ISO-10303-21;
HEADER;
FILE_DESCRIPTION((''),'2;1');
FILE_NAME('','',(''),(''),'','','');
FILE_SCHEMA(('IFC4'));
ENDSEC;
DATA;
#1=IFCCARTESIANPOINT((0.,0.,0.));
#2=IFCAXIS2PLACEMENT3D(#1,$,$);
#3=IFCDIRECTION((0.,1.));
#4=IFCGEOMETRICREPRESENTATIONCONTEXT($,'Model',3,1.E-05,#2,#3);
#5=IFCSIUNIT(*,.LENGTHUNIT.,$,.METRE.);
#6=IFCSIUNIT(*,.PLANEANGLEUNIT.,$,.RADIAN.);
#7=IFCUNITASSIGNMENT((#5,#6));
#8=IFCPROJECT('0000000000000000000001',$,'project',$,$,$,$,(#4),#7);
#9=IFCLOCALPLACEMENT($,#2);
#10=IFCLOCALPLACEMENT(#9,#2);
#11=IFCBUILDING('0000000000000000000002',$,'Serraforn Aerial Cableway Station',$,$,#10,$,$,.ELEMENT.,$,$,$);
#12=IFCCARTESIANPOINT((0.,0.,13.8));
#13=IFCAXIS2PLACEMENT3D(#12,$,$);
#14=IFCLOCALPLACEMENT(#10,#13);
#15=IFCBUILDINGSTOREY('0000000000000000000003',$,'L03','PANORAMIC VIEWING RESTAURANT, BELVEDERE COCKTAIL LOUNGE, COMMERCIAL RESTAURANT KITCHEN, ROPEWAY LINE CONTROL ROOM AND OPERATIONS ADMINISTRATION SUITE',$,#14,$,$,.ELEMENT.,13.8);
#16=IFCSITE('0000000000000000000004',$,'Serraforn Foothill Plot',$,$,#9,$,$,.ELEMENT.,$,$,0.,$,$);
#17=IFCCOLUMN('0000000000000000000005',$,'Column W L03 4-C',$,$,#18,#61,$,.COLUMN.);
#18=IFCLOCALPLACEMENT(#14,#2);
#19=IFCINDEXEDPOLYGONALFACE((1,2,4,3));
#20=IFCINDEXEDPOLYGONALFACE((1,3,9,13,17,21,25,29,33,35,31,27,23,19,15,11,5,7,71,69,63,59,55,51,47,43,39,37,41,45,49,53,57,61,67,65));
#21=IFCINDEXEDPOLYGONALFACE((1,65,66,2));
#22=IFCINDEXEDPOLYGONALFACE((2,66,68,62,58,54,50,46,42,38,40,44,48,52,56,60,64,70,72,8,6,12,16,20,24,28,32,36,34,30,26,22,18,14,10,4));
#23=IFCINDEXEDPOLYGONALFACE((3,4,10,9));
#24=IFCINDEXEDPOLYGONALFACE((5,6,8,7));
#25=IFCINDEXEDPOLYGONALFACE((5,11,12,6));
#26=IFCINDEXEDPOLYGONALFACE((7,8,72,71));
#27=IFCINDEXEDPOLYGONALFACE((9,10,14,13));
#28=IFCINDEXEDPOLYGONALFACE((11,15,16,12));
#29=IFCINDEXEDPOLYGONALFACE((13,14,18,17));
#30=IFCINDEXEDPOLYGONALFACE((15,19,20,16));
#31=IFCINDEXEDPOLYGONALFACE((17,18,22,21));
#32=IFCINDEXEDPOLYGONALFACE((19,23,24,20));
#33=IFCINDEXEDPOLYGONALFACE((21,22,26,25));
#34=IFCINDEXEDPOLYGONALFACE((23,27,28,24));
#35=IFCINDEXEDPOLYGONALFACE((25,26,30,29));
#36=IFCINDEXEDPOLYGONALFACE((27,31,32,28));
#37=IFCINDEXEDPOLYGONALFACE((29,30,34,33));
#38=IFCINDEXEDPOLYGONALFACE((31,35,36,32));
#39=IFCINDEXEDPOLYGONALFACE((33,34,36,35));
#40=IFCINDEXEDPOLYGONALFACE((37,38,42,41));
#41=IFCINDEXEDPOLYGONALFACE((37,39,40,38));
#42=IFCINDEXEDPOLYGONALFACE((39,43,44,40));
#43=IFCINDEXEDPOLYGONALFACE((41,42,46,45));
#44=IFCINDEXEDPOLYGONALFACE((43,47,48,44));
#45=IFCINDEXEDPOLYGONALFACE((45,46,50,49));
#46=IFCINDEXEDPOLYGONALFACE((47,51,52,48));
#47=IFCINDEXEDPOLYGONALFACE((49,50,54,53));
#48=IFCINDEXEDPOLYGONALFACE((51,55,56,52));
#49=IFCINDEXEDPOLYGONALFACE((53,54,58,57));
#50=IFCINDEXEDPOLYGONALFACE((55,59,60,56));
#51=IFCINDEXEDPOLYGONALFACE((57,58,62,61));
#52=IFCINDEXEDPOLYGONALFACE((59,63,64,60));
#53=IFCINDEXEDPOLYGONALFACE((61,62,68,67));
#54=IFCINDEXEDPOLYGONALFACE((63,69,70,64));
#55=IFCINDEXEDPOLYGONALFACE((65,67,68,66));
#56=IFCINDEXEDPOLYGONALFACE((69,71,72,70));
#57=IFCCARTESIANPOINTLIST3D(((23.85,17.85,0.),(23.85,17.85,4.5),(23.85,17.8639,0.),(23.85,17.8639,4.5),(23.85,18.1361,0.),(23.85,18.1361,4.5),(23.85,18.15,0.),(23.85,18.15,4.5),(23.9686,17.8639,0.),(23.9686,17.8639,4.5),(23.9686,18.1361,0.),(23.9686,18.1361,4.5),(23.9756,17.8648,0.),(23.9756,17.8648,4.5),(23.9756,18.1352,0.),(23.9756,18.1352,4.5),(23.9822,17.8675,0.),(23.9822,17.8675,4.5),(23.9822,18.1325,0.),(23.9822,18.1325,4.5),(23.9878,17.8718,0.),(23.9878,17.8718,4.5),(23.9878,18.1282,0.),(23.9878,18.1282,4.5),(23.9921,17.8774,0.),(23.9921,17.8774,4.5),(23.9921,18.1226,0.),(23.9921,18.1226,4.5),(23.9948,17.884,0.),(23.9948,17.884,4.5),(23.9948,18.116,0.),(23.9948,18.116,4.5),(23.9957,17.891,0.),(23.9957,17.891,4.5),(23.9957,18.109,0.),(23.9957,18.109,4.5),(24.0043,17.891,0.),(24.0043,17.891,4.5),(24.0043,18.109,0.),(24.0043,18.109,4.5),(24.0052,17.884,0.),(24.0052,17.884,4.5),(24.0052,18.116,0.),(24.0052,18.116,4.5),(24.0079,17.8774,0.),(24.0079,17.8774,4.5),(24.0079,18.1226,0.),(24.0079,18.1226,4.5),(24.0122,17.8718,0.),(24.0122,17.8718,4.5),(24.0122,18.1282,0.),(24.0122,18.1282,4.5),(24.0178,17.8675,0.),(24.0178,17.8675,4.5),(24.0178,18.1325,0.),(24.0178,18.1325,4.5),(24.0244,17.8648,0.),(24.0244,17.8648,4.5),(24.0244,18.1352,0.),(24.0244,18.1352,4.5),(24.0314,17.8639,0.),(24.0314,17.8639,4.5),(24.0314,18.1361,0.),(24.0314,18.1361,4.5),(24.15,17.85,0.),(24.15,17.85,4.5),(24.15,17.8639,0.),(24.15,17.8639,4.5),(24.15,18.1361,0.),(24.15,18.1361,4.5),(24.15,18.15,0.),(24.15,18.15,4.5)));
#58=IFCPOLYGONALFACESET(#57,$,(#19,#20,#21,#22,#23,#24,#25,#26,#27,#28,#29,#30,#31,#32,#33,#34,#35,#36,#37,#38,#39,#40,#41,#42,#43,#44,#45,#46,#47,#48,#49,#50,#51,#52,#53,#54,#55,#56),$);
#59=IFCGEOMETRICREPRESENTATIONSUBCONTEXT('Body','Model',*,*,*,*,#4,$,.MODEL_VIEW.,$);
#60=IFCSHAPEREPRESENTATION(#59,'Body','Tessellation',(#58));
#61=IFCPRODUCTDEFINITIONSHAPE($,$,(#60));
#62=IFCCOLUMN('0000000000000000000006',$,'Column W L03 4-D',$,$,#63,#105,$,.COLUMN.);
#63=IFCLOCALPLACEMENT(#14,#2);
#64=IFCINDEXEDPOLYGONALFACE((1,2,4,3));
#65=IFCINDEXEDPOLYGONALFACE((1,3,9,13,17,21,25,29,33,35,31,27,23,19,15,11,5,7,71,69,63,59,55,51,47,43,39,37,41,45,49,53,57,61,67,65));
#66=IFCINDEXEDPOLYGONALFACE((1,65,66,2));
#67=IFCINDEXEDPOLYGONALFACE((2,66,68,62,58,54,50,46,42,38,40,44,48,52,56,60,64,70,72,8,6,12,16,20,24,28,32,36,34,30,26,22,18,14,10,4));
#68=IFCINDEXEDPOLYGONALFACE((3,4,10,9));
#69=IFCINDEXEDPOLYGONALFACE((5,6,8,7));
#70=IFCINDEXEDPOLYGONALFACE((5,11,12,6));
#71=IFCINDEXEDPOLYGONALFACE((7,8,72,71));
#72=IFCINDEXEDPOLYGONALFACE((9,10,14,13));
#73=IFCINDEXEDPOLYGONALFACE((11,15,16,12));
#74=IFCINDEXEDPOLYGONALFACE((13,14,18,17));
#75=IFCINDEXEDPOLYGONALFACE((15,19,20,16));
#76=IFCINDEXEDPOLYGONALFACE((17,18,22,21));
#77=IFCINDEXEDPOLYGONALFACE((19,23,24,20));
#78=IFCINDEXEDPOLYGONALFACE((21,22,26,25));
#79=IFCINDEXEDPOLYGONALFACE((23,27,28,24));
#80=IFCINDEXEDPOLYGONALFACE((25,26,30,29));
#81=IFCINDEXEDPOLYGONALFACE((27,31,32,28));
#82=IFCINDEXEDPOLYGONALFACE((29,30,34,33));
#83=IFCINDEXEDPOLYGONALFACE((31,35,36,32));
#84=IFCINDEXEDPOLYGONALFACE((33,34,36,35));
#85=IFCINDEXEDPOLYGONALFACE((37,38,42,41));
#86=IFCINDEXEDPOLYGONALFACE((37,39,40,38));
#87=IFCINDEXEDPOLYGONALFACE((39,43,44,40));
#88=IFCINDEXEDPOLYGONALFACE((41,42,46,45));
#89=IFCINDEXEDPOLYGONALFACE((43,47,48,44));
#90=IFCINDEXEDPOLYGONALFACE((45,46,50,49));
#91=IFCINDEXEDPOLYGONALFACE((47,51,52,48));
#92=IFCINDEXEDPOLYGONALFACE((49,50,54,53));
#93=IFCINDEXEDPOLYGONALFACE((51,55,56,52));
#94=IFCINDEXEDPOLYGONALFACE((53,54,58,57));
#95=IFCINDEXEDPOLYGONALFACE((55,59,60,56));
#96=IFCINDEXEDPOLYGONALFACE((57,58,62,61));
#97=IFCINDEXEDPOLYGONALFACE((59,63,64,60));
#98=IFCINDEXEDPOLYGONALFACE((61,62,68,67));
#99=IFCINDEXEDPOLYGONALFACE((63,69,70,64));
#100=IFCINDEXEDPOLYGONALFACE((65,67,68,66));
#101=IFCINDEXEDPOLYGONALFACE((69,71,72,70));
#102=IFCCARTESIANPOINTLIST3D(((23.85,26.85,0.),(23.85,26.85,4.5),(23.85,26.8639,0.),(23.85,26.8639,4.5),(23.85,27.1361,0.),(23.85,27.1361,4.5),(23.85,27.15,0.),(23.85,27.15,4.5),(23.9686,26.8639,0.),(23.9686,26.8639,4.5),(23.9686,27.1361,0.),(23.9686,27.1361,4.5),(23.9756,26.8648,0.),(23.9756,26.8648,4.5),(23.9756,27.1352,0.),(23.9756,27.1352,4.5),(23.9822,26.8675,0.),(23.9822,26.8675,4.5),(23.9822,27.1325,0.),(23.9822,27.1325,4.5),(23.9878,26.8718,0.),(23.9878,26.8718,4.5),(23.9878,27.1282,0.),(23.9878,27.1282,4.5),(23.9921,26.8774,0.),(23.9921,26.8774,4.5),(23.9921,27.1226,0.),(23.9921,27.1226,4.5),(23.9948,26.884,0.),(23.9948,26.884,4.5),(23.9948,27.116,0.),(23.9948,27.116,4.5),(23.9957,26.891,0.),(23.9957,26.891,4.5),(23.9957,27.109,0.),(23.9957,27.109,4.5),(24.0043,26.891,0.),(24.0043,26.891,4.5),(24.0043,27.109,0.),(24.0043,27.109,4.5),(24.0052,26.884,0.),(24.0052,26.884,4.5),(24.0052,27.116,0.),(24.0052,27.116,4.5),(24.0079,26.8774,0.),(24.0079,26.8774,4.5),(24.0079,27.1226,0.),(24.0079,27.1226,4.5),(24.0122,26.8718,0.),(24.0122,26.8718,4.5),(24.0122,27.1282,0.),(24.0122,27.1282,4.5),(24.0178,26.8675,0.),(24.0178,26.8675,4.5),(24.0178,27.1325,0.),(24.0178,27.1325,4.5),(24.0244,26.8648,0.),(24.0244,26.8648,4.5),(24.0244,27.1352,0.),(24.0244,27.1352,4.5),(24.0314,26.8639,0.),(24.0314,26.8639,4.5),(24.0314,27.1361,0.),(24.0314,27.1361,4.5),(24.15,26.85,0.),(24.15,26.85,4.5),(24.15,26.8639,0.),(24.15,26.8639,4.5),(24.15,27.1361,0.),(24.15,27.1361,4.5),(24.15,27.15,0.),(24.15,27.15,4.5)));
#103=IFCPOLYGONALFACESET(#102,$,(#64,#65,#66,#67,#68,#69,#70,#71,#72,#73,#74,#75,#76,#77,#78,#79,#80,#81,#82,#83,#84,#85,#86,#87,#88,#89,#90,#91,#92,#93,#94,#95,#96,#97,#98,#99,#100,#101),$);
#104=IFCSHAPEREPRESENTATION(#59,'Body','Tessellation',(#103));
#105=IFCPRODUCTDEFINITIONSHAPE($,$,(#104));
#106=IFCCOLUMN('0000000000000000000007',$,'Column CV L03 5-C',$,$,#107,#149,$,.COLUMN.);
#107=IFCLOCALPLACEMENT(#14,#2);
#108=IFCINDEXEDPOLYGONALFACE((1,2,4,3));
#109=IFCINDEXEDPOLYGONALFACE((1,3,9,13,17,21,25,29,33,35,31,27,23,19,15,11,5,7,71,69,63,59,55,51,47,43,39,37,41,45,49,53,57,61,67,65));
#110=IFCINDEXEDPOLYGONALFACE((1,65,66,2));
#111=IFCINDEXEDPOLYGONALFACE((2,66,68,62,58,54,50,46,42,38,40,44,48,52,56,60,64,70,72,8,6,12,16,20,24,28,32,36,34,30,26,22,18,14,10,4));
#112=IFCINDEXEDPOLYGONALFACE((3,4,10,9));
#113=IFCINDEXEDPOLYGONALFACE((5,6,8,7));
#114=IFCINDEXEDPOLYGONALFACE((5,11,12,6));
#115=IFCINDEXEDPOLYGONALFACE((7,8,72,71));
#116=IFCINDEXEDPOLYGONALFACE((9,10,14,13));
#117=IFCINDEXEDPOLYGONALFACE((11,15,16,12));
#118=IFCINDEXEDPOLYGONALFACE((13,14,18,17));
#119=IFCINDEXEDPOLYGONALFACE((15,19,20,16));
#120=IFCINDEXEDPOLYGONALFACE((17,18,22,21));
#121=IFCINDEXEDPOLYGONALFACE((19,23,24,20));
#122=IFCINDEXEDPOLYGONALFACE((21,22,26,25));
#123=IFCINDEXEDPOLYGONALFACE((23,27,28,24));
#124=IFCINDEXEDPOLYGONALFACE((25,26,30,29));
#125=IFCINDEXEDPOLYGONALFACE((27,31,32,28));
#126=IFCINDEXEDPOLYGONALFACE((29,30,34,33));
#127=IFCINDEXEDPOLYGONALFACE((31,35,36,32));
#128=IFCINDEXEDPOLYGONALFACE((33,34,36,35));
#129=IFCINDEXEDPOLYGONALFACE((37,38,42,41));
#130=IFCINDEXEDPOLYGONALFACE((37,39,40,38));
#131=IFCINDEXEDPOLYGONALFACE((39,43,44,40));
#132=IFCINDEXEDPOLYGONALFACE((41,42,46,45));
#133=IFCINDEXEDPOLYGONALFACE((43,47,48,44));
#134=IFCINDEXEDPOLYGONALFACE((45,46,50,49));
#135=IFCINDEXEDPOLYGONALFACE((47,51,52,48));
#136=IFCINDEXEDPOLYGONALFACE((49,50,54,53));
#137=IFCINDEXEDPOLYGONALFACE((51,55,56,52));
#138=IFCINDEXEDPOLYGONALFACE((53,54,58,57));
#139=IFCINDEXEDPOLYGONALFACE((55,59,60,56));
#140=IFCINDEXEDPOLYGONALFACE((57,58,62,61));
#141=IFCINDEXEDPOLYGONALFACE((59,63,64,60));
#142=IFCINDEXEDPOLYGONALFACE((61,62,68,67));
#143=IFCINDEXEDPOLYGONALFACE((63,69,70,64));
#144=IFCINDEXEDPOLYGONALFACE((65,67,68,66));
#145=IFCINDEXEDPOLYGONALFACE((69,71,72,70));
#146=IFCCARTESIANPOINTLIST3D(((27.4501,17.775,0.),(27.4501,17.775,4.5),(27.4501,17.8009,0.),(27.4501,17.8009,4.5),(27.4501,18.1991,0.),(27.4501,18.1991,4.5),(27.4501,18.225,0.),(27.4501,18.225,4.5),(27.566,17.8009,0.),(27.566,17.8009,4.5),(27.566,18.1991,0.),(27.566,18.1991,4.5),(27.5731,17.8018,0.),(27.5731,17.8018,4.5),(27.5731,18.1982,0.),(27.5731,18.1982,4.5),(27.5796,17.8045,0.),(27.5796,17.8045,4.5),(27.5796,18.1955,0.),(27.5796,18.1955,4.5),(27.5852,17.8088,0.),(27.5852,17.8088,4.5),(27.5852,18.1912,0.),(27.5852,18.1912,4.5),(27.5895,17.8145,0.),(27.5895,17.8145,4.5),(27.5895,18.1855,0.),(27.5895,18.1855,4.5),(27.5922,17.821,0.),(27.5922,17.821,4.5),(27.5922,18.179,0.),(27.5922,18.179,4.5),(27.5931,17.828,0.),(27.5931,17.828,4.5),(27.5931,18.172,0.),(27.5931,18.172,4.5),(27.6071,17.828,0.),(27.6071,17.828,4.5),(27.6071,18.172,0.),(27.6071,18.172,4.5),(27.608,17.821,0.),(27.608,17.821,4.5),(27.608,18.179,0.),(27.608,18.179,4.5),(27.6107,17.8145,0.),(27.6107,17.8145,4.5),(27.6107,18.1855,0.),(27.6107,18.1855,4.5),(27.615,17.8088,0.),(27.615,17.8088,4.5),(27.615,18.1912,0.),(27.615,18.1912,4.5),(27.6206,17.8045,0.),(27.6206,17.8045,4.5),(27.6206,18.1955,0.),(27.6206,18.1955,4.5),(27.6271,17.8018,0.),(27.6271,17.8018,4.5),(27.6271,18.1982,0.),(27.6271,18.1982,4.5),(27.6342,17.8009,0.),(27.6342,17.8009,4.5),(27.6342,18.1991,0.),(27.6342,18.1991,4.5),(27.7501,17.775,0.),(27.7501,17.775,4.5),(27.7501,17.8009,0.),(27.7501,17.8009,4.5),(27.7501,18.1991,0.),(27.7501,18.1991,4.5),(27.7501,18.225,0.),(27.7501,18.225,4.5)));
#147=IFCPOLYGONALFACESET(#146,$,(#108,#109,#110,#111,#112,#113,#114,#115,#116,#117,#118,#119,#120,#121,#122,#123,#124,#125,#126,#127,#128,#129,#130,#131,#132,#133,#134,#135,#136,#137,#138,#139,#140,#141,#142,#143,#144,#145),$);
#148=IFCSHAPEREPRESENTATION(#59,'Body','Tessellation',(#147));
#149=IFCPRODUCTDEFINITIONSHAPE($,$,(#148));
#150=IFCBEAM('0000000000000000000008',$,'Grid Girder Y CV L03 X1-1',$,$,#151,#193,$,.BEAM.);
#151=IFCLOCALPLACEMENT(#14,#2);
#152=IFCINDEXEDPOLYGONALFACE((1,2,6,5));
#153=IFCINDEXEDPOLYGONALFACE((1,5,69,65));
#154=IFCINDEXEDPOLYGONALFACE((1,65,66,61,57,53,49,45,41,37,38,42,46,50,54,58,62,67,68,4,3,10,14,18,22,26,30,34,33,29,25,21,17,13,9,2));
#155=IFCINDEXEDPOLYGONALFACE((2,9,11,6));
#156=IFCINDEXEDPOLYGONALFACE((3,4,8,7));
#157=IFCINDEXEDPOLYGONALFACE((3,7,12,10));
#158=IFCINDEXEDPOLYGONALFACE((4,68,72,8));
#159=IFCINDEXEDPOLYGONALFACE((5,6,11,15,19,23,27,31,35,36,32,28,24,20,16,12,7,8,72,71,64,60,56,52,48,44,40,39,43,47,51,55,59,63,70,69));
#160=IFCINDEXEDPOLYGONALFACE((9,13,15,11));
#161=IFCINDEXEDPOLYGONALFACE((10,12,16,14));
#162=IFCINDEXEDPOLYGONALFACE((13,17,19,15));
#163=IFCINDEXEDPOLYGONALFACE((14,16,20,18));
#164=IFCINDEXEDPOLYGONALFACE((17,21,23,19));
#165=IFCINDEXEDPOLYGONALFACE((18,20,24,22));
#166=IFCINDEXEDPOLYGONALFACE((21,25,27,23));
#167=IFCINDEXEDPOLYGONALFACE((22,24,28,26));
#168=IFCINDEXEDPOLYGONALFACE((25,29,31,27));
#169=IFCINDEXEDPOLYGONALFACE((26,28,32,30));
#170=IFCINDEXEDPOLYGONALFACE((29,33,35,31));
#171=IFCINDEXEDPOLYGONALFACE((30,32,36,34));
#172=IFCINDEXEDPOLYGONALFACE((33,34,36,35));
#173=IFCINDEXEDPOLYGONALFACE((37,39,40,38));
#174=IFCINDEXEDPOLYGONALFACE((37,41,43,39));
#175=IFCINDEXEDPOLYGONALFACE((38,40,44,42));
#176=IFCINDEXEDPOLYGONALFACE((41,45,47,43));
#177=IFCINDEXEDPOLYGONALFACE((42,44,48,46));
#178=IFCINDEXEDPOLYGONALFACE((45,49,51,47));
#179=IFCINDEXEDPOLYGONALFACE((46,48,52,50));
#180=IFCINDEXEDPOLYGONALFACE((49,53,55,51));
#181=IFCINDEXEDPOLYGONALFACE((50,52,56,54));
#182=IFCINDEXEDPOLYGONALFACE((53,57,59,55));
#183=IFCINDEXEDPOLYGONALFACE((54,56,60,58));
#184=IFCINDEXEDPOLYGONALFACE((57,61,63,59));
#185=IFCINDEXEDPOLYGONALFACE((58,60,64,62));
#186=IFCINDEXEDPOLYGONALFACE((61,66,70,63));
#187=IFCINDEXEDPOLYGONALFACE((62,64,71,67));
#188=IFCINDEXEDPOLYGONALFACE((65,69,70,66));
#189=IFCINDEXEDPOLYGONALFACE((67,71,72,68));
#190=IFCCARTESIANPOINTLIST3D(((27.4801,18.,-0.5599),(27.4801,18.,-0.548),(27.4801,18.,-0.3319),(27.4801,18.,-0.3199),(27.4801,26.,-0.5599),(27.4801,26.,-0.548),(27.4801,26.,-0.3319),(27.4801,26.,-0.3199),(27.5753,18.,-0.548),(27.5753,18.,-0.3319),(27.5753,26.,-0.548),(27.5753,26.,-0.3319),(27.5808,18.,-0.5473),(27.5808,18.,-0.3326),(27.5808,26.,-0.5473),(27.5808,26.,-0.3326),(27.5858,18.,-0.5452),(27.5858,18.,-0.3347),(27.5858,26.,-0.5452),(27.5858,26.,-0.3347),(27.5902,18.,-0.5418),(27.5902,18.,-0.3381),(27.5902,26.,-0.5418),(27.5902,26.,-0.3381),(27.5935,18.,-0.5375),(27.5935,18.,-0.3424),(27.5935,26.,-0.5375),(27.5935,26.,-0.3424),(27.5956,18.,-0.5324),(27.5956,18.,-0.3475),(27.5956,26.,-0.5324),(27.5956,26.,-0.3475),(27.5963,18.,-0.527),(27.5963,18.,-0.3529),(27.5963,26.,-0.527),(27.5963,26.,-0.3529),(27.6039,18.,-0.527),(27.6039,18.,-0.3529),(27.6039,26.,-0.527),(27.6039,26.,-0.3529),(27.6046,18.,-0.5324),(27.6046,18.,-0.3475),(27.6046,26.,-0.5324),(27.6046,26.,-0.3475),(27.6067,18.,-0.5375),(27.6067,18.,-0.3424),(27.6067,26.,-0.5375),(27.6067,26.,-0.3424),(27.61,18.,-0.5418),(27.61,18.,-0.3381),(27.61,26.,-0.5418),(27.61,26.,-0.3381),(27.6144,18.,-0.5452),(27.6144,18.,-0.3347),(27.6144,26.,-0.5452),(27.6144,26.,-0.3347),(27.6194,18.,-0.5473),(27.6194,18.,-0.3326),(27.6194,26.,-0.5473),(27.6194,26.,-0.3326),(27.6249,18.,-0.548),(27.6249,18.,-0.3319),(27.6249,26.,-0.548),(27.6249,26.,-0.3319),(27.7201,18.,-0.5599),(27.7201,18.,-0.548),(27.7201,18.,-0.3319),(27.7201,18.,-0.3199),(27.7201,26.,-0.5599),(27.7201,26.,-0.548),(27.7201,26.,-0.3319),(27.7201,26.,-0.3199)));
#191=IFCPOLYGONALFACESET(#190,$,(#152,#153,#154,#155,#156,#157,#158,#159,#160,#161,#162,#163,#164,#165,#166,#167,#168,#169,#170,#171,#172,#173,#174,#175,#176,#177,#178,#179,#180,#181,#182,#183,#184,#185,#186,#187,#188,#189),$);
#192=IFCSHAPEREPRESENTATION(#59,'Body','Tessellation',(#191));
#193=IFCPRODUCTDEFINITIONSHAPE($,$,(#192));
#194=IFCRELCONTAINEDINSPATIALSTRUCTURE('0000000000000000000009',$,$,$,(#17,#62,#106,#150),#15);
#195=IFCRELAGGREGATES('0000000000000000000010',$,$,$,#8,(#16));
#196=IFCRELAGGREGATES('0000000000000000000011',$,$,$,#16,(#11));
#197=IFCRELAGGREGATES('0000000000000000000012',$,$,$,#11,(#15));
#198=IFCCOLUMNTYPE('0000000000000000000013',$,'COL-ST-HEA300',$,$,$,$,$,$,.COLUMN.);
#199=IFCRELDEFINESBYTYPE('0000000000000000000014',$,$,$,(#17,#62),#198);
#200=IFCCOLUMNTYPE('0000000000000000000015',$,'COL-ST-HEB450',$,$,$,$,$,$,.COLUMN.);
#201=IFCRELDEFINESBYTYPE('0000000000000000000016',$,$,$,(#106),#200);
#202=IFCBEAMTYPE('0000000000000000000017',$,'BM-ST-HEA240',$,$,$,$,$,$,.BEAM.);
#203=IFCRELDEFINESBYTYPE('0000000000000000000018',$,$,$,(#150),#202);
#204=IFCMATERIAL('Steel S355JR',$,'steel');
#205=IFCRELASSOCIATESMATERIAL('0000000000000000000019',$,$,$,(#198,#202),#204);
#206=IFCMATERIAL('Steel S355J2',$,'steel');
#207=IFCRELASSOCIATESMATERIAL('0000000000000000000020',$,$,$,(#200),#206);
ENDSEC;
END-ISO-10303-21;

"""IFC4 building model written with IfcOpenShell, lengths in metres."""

from ifc_helpers import new_model, si_unit, direction, frame, origin, origin_2d, place, context, subcontext, project, spatial, i_section, extrude, material, material_profile, profile_set, type_object, element, save


model = new_model("IFC4")

# Units and contexts
model_context = context("Model", 3, precision=1e-05, world=origin(), true_north=direction((0.0, 1.0)))
body_context = subcontext(model_context, "Body", "Model", "MODEL_VIEW")
ifc_project = project(units=[si_unit("LENGTHUNIT", "METRE"), si_unit("PLANEANGLEUNIT", "RADIAN")], contexts=[model_context])

# Site, building, storey
site_placement = place(None, origin())
site = spatial("IfcSite", under=ifc_project, at=site_placement, Name="Serraforn Foothill Plot", CompositionType="ELEMENT", RefElevation=0.0)
building_placement = place(site_placement, origin())
building = spatial("IfcBuilding", under=site, at=building_placement, Name="Serraforn Aerial Cableway Station", CompositionType="ELEMENT")
storey_placement = place(building_placement, frame((0.0, 0.0, 13.8)))
storey = spatial("IfcBuildingStorey", under=building, at=storey_placement, Name="L03", Description="PANORAMIC VIEWING RESTAURANT, BELVEDERE COCKTAIL LOUNGE, COMMERCIAL RESTAURANT KITCHEN, ROPEWAY LINE CONTROL ROOM AND OPERATIONS ADMINISTRATION SUITE", CompositionType="ELEMENT", Elevation=13.8)

# Columns
ifc_material_1 = material(Name="Steel S355JR", Category="steel")
ifc_material_profile_1 = material_profile(ifc_material_1, i_section(OverallWidth=0.3, OverallDepth=0.3, WebThickness=0.0085, FlangeThickness=0.0139, FilletRadius=0.0271, at=origin_2d()), Name="HEA 300")
ifc_profile_set_1 = profile_set([ifc_material_profile_1], Name="Steel S355JR")
column_type_1 = type_object("IfcColumnType", Name="COL-ST-HEA300", PredefinedType="COLUMN", material=ifc_profile_set_1)
for number, where, z_axis, x_axis, name in (
    (1, (24.0, 18.0, 0.0), (0.0, 0.0, 1.0), (1.0, 0.0, 0.0), "Column W L03 4-C"),
    (2, (24.0, 27.0, 0.0), (0.0, 0.0, 1.0), (1.0, 0.0, 0.0), "Column W L03 4-D"),
):
    element("IfcColumn", number, at=place(storey_placement, frame(where, z_axis=z_axis, x_axis=x_axis)), inside=storey, type_object=column_type_1, Name=name, PredefinedType="COLUMN", context=body_context, shape_type="SweptSolid", body=[
        extrude(i_section(OverallWidth=0.3, OverallDepth=0.3, WebThickness=0.0085, FlangeThickness=0.0139, FilletRadius=0.0271, at=origin_2d()), origin(), (0.0, 0.0, 1.0), 4.5),
    ])
ifc_material_2 = material(Name="Steel S355J2", Category="steel")
ifc_material_profile_2 = material_profile(ifc_material_2, i_section(OverallWidth=0.3, OverallDepth=0.45, WebThickness=0.0139, FlangeThickness=0.0259, FilletRadius=0.0271, at=origin_2d()), Name="HEB 450")
ifc_profile_set_2 = profile_set([ifc_material_profile_2], Name="Steel S355J2")
column_type_2 = type_object("IfcColumnType", Name="COL-ST-HEB450", PredefinedType="COLUMN", material=ifc_profile_set_2)
column_placement = place(storey_placement, frame((27.6001, 18.0, 0.0), z_axis=(0.0, 0.0, 1.0), x_axis=(1.0, 0.0, 0.0)))
element("IfcColumn", 3, at=column_placement, inside=storey, type_object=column_type_2, Name="Column CV L03 5-C", PredefinedType="COLUMN", context=body_context, shape_type="SweptSolid", body=[
    extrude(i_section(OverallWidth=0.3, OverallDepth=0.45, WebThickness=0.0139, FlangeThickness=0.0259, FilletRadius=0.0271, at=origin_2d()), origin(), (0.0, 0.0, 1.0), 4.5),
])

# Beam
ifc_material_profile_3 = material_profile(ifc_material_1, i_section(OverallWidth=0.24, OverallDepth=0.24, WebThickness=0.0076, FlangeThickness=0.012, FilletRadius=0.021, at=origin_2d()), Name="HEA 240")
ifc_profile_set_3 = profile_set([ifc_material_profile_3], Name="Steel S355JR")
beam_type_1 = type_object("IfcBeamType", Name="BM-ST-HEA240", PredefinedType="BEAM", material=ifc_profile_set_3)
for number, where, z_axis, x_axis, name in (
    (4, (27.6001, 18.0, -0.4399), (0.0, 1.0, 0.0), (-1.0, 0.0, 0.0), "Grid Girder Y CV L03 X1-1"),
):
    element("IfcBeam", number, at=place(storey_placement, frame(where, z_axis=z_axis, x_axis=x_axis)), inside=storey, type_object=beam_type_1, Name=name, PredefinedType="BEAM", context=body_context, shape_type="SweptSolid", body=[
        extrude(i_section(OverallWidth=0.24, OverallDepth=0.24, WebThickness=0.0076, FlangeThickness=0.012, FilletRadius=0.021, at=origin_2d()), origin(), (0.0, 0.0, 1.0), 8.0),
    ])

save(model, "model.ifc")
